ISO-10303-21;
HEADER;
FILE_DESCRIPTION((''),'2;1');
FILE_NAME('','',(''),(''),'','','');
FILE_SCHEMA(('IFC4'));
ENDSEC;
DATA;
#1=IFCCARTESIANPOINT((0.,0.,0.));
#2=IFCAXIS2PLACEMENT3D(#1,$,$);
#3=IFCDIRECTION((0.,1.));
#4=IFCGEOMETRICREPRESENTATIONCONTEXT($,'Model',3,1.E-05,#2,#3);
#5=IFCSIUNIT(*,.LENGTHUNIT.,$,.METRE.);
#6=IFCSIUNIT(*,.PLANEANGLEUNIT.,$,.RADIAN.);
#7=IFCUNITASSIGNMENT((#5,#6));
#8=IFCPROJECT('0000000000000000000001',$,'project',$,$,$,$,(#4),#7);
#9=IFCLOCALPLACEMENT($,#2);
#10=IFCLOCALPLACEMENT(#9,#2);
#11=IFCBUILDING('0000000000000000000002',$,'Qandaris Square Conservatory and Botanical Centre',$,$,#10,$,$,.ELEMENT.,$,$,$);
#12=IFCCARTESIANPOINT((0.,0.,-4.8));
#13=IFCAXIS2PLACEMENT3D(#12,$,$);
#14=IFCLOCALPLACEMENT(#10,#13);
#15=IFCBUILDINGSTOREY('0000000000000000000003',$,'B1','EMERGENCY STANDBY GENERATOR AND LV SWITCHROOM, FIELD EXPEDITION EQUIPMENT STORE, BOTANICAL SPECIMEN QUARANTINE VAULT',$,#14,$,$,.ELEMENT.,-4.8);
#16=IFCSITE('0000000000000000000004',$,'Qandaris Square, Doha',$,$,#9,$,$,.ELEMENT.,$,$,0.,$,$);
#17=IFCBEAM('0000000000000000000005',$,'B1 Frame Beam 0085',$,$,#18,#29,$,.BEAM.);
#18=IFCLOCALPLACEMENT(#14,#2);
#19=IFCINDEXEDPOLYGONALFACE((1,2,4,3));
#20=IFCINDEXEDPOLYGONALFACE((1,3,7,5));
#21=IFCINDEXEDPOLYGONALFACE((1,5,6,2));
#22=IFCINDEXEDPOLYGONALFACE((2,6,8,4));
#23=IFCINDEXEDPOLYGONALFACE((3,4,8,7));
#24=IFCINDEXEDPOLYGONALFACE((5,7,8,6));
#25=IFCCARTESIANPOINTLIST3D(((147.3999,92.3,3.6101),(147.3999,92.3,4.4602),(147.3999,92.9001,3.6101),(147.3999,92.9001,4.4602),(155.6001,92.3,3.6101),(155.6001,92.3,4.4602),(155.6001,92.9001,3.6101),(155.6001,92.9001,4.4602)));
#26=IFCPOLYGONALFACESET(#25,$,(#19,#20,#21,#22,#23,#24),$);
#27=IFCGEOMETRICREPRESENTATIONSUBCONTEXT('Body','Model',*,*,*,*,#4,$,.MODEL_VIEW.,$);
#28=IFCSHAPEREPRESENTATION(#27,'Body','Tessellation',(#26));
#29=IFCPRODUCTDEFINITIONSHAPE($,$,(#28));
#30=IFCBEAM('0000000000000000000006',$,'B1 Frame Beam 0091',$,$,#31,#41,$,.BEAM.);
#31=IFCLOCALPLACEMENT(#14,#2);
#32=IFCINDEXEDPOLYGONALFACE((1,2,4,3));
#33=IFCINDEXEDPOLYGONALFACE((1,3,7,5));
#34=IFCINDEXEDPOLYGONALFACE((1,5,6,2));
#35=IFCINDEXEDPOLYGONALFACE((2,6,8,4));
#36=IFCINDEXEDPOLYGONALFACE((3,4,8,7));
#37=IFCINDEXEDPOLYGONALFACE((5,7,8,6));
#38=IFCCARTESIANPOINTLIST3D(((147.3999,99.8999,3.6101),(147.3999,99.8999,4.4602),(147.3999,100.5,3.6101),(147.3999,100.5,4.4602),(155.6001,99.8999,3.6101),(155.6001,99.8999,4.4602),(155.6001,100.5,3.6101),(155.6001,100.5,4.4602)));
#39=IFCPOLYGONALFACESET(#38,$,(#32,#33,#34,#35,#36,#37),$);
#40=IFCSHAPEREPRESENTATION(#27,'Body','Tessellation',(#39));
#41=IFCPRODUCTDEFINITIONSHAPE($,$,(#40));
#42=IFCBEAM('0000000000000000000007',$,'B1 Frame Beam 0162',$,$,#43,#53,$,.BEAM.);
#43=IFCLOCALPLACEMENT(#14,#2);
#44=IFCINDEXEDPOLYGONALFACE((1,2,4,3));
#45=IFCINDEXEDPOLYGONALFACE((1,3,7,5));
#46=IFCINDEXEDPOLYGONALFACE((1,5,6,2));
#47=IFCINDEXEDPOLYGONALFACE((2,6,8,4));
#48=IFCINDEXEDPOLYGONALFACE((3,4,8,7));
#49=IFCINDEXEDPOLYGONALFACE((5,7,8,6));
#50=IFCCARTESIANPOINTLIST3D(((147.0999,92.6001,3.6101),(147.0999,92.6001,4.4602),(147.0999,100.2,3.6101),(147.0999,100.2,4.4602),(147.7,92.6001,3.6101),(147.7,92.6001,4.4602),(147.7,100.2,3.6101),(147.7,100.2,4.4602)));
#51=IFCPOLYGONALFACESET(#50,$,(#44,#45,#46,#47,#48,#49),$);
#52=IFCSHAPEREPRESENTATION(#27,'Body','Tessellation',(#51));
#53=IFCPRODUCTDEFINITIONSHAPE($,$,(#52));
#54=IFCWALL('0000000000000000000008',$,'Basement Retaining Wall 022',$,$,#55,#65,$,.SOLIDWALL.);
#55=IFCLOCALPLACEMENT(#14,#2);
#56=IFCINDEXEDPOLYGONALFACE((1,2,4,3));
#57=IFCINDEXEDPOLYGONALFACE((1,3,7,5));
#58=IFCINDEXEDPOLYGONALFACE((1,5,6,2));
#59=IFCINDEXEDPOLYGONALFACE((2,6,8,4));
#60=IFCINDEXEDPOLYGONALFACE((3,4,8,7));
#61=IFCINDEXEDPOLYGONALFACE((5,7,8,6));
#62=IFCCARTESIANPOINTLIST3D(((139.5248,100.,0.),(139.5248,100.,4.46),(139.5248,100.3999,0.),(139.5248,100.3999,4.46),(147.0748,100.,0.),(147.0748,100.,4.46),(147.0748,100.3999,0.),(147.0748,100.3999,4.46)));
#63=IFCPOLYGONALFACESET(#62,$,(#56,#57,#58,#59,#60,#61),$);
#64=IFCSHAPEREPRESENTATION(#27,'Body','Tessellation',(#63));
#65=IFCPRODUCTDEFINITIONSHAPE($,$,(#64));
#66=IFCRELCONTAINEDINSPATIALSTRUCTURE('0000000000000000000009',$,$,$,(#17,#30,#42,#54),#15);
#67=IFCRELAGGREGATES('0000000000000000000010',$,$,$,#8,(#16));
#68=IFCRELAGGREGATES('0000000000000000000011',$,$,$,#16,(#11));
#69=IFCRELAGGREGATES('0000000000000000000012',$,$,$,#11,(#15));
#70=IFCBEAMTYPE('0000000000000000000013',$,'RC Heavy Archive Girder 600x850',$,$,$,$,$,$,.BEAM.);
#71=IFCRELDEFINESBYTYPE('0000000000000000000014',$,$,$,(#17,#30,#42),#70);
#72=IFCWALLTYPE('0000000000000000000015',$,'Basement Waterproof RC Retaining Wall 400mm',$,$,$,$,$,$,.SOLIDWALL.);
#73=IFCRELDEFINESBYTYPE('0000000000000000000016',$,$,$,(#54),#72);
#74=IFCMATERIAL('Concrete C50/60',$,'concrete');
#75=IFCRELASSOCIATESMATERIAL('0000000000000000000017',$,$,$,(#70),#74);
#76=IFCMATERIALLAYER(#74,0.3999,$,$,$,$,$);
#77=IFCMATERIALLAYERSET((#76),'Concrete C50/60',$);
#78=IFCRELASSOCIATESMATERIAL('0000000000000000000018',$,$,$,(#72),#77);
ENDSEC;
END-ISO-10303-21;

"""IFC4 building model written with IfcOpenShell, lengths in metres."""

from ifc_helpers import new_model, si_unit, direction, frame, frame_2d, origin, origin_2d, place, context, subcontext, project, spatial, rectangle, extrude, material, layer, layer_set, material_profile, profile_set, type_object, element, save


model = new_model("IFC4")

# Units and contexts
model_context = context("Model", 3, precision=1e-05, world=origin(), true_north=direction((0.0, 1.0)))
body_context = subcontext(model_context, "Body", "Model", "MODEL_VIEW")
ifc_project = project(units=[si_unit("LENGTHUNIT", "METRE"), si_unit("PLANEANGLEUNIT", "RADIAN")], contexts=[model_context])

# Site, building, storey
site_placement = place(None, origin())
site = spatial("IfcSite", under=ifc_project, at=site_placement, Name="Qandaris Square, Doha", CompositionType="ELEMENT", RefElevation=0.0)
building_placement = place(site_placement, origin())
building = spatial("IfcBuilding", under=site, at=building_placement, Name="Qandaris Square Conservatory and Botanical Centre", CompositionType="ELEMENT")
storey_placement = place(building_placement, frame((0.0, 0.0, -4.8)))
storey = spatial("IfcBuildingStorey", under=building, at=storey_placement, Name="B1", Description="EMERGENCY STANDBY GENERATOR AND LV SWITCHROOM, FIELD EXPEDITION EQUIPMENT STORE, BOTANICAL SPECIMEN QUARANTINE VAULT", CompositionType="ELEMENT", Elevation=-4.8)

# Shared definitions
ifc_material_1 = material(Name="Concrete C50/60", Category="concrete")

# Beams
ifc_material_profile_1 = material_profile(ifc_material_1, rectangle(XDim=0.6001, YDim=0.8501, at=origin_2d()), Name="RC-BM 600x850")
ifc_profile_set_1 = profile_set([ifc_material_profile_1], Name="Concrete C50/60")
beam_type_1 = type_object("IfcBeamType", Name="RC Heavy Archive Girder 600x850", PredefinedType="BEAM", material=ifc_profile_set_1)
for number, where, z_axis, x_axis, name in (
    (1, (147.3999, 92.6001, 4.0352), (1.0, 0.0, 0.0), (0.0, 1.0, 0.0), "B1 Frame Beam 0085"),
    (2, (147.3999, 100.2, 4.0352), (1.0, 0.0, 0.0), (0.0, 1.0, 0.0), "B1 Frame Beam 0091"),
):
    element("IfcBeam", number, at=place(storey_placement, frame(where, z_axis=z_axis, x_axis=x_axis)), inside=storey, type_object=beam_type_1, Name=name, PredefinedType="BEAM", context=body_context, shape_type="SweptSolid", body=[
        extrude(rectangle(XDim=0.6001, YDim=0.8501, at=origin_2d()), origin(), (0.0, 0.0, 1.0), 8.2002),
    ])
beam_placement = place(storey_placement, frame((147.3999, 92.6001, 4.0352), z_axis=(0.0, 1.0, 0.0), x_axis=(-1.0, 0.0, 0.0)))
element("IfcBeam", 3, at=beam_placement, inside=storey, type_object=beam_type_1, Name="B1 Frame Beam 0162", PredefinedType="BEAM", context=body_context, shape_type="SweptSolid", body=[
    extrude(rectangle(XDim=0.6001, YDim=0.8501, at=origin_2d()), origin(), (0.0, 0.0, 1.0), 7.5999),
])

# Wall
ifc_layer = layer(ifc_material_1, 0.3999)
ifc_layer_set = layer_set([ifc_layer], Name="Concrete C50/60")
wall_type = type_object("IfcWallType", Name="Basement Waterproof RC Retaining Wall 400mm", PredefinedType="SOLIDWALL", material=ifc_layer_set)
wall_placement = place(storey_placement, frame((139.5249, 100.2, 0.0), z_axis=(0.0, 0.0, 1.0), x_axis=(1.0, 0.0, 0.0)))
element("IfcWall", 4, at=wall_placement, inside=storey, type_object=wall_type, Name="Basement Retaining Wall 022", PredefinedType="SOLIDWALL", context=body_context, shape_type="SweptSolid", body=[
    extrude(rectangle(XDim=7.55, YDim=0.3999, at=frame_2d((3.7749, 0.0))), origin(), (0.0, 0.0, 1.0), 4.46),
])

save(model, "model.ifc")
